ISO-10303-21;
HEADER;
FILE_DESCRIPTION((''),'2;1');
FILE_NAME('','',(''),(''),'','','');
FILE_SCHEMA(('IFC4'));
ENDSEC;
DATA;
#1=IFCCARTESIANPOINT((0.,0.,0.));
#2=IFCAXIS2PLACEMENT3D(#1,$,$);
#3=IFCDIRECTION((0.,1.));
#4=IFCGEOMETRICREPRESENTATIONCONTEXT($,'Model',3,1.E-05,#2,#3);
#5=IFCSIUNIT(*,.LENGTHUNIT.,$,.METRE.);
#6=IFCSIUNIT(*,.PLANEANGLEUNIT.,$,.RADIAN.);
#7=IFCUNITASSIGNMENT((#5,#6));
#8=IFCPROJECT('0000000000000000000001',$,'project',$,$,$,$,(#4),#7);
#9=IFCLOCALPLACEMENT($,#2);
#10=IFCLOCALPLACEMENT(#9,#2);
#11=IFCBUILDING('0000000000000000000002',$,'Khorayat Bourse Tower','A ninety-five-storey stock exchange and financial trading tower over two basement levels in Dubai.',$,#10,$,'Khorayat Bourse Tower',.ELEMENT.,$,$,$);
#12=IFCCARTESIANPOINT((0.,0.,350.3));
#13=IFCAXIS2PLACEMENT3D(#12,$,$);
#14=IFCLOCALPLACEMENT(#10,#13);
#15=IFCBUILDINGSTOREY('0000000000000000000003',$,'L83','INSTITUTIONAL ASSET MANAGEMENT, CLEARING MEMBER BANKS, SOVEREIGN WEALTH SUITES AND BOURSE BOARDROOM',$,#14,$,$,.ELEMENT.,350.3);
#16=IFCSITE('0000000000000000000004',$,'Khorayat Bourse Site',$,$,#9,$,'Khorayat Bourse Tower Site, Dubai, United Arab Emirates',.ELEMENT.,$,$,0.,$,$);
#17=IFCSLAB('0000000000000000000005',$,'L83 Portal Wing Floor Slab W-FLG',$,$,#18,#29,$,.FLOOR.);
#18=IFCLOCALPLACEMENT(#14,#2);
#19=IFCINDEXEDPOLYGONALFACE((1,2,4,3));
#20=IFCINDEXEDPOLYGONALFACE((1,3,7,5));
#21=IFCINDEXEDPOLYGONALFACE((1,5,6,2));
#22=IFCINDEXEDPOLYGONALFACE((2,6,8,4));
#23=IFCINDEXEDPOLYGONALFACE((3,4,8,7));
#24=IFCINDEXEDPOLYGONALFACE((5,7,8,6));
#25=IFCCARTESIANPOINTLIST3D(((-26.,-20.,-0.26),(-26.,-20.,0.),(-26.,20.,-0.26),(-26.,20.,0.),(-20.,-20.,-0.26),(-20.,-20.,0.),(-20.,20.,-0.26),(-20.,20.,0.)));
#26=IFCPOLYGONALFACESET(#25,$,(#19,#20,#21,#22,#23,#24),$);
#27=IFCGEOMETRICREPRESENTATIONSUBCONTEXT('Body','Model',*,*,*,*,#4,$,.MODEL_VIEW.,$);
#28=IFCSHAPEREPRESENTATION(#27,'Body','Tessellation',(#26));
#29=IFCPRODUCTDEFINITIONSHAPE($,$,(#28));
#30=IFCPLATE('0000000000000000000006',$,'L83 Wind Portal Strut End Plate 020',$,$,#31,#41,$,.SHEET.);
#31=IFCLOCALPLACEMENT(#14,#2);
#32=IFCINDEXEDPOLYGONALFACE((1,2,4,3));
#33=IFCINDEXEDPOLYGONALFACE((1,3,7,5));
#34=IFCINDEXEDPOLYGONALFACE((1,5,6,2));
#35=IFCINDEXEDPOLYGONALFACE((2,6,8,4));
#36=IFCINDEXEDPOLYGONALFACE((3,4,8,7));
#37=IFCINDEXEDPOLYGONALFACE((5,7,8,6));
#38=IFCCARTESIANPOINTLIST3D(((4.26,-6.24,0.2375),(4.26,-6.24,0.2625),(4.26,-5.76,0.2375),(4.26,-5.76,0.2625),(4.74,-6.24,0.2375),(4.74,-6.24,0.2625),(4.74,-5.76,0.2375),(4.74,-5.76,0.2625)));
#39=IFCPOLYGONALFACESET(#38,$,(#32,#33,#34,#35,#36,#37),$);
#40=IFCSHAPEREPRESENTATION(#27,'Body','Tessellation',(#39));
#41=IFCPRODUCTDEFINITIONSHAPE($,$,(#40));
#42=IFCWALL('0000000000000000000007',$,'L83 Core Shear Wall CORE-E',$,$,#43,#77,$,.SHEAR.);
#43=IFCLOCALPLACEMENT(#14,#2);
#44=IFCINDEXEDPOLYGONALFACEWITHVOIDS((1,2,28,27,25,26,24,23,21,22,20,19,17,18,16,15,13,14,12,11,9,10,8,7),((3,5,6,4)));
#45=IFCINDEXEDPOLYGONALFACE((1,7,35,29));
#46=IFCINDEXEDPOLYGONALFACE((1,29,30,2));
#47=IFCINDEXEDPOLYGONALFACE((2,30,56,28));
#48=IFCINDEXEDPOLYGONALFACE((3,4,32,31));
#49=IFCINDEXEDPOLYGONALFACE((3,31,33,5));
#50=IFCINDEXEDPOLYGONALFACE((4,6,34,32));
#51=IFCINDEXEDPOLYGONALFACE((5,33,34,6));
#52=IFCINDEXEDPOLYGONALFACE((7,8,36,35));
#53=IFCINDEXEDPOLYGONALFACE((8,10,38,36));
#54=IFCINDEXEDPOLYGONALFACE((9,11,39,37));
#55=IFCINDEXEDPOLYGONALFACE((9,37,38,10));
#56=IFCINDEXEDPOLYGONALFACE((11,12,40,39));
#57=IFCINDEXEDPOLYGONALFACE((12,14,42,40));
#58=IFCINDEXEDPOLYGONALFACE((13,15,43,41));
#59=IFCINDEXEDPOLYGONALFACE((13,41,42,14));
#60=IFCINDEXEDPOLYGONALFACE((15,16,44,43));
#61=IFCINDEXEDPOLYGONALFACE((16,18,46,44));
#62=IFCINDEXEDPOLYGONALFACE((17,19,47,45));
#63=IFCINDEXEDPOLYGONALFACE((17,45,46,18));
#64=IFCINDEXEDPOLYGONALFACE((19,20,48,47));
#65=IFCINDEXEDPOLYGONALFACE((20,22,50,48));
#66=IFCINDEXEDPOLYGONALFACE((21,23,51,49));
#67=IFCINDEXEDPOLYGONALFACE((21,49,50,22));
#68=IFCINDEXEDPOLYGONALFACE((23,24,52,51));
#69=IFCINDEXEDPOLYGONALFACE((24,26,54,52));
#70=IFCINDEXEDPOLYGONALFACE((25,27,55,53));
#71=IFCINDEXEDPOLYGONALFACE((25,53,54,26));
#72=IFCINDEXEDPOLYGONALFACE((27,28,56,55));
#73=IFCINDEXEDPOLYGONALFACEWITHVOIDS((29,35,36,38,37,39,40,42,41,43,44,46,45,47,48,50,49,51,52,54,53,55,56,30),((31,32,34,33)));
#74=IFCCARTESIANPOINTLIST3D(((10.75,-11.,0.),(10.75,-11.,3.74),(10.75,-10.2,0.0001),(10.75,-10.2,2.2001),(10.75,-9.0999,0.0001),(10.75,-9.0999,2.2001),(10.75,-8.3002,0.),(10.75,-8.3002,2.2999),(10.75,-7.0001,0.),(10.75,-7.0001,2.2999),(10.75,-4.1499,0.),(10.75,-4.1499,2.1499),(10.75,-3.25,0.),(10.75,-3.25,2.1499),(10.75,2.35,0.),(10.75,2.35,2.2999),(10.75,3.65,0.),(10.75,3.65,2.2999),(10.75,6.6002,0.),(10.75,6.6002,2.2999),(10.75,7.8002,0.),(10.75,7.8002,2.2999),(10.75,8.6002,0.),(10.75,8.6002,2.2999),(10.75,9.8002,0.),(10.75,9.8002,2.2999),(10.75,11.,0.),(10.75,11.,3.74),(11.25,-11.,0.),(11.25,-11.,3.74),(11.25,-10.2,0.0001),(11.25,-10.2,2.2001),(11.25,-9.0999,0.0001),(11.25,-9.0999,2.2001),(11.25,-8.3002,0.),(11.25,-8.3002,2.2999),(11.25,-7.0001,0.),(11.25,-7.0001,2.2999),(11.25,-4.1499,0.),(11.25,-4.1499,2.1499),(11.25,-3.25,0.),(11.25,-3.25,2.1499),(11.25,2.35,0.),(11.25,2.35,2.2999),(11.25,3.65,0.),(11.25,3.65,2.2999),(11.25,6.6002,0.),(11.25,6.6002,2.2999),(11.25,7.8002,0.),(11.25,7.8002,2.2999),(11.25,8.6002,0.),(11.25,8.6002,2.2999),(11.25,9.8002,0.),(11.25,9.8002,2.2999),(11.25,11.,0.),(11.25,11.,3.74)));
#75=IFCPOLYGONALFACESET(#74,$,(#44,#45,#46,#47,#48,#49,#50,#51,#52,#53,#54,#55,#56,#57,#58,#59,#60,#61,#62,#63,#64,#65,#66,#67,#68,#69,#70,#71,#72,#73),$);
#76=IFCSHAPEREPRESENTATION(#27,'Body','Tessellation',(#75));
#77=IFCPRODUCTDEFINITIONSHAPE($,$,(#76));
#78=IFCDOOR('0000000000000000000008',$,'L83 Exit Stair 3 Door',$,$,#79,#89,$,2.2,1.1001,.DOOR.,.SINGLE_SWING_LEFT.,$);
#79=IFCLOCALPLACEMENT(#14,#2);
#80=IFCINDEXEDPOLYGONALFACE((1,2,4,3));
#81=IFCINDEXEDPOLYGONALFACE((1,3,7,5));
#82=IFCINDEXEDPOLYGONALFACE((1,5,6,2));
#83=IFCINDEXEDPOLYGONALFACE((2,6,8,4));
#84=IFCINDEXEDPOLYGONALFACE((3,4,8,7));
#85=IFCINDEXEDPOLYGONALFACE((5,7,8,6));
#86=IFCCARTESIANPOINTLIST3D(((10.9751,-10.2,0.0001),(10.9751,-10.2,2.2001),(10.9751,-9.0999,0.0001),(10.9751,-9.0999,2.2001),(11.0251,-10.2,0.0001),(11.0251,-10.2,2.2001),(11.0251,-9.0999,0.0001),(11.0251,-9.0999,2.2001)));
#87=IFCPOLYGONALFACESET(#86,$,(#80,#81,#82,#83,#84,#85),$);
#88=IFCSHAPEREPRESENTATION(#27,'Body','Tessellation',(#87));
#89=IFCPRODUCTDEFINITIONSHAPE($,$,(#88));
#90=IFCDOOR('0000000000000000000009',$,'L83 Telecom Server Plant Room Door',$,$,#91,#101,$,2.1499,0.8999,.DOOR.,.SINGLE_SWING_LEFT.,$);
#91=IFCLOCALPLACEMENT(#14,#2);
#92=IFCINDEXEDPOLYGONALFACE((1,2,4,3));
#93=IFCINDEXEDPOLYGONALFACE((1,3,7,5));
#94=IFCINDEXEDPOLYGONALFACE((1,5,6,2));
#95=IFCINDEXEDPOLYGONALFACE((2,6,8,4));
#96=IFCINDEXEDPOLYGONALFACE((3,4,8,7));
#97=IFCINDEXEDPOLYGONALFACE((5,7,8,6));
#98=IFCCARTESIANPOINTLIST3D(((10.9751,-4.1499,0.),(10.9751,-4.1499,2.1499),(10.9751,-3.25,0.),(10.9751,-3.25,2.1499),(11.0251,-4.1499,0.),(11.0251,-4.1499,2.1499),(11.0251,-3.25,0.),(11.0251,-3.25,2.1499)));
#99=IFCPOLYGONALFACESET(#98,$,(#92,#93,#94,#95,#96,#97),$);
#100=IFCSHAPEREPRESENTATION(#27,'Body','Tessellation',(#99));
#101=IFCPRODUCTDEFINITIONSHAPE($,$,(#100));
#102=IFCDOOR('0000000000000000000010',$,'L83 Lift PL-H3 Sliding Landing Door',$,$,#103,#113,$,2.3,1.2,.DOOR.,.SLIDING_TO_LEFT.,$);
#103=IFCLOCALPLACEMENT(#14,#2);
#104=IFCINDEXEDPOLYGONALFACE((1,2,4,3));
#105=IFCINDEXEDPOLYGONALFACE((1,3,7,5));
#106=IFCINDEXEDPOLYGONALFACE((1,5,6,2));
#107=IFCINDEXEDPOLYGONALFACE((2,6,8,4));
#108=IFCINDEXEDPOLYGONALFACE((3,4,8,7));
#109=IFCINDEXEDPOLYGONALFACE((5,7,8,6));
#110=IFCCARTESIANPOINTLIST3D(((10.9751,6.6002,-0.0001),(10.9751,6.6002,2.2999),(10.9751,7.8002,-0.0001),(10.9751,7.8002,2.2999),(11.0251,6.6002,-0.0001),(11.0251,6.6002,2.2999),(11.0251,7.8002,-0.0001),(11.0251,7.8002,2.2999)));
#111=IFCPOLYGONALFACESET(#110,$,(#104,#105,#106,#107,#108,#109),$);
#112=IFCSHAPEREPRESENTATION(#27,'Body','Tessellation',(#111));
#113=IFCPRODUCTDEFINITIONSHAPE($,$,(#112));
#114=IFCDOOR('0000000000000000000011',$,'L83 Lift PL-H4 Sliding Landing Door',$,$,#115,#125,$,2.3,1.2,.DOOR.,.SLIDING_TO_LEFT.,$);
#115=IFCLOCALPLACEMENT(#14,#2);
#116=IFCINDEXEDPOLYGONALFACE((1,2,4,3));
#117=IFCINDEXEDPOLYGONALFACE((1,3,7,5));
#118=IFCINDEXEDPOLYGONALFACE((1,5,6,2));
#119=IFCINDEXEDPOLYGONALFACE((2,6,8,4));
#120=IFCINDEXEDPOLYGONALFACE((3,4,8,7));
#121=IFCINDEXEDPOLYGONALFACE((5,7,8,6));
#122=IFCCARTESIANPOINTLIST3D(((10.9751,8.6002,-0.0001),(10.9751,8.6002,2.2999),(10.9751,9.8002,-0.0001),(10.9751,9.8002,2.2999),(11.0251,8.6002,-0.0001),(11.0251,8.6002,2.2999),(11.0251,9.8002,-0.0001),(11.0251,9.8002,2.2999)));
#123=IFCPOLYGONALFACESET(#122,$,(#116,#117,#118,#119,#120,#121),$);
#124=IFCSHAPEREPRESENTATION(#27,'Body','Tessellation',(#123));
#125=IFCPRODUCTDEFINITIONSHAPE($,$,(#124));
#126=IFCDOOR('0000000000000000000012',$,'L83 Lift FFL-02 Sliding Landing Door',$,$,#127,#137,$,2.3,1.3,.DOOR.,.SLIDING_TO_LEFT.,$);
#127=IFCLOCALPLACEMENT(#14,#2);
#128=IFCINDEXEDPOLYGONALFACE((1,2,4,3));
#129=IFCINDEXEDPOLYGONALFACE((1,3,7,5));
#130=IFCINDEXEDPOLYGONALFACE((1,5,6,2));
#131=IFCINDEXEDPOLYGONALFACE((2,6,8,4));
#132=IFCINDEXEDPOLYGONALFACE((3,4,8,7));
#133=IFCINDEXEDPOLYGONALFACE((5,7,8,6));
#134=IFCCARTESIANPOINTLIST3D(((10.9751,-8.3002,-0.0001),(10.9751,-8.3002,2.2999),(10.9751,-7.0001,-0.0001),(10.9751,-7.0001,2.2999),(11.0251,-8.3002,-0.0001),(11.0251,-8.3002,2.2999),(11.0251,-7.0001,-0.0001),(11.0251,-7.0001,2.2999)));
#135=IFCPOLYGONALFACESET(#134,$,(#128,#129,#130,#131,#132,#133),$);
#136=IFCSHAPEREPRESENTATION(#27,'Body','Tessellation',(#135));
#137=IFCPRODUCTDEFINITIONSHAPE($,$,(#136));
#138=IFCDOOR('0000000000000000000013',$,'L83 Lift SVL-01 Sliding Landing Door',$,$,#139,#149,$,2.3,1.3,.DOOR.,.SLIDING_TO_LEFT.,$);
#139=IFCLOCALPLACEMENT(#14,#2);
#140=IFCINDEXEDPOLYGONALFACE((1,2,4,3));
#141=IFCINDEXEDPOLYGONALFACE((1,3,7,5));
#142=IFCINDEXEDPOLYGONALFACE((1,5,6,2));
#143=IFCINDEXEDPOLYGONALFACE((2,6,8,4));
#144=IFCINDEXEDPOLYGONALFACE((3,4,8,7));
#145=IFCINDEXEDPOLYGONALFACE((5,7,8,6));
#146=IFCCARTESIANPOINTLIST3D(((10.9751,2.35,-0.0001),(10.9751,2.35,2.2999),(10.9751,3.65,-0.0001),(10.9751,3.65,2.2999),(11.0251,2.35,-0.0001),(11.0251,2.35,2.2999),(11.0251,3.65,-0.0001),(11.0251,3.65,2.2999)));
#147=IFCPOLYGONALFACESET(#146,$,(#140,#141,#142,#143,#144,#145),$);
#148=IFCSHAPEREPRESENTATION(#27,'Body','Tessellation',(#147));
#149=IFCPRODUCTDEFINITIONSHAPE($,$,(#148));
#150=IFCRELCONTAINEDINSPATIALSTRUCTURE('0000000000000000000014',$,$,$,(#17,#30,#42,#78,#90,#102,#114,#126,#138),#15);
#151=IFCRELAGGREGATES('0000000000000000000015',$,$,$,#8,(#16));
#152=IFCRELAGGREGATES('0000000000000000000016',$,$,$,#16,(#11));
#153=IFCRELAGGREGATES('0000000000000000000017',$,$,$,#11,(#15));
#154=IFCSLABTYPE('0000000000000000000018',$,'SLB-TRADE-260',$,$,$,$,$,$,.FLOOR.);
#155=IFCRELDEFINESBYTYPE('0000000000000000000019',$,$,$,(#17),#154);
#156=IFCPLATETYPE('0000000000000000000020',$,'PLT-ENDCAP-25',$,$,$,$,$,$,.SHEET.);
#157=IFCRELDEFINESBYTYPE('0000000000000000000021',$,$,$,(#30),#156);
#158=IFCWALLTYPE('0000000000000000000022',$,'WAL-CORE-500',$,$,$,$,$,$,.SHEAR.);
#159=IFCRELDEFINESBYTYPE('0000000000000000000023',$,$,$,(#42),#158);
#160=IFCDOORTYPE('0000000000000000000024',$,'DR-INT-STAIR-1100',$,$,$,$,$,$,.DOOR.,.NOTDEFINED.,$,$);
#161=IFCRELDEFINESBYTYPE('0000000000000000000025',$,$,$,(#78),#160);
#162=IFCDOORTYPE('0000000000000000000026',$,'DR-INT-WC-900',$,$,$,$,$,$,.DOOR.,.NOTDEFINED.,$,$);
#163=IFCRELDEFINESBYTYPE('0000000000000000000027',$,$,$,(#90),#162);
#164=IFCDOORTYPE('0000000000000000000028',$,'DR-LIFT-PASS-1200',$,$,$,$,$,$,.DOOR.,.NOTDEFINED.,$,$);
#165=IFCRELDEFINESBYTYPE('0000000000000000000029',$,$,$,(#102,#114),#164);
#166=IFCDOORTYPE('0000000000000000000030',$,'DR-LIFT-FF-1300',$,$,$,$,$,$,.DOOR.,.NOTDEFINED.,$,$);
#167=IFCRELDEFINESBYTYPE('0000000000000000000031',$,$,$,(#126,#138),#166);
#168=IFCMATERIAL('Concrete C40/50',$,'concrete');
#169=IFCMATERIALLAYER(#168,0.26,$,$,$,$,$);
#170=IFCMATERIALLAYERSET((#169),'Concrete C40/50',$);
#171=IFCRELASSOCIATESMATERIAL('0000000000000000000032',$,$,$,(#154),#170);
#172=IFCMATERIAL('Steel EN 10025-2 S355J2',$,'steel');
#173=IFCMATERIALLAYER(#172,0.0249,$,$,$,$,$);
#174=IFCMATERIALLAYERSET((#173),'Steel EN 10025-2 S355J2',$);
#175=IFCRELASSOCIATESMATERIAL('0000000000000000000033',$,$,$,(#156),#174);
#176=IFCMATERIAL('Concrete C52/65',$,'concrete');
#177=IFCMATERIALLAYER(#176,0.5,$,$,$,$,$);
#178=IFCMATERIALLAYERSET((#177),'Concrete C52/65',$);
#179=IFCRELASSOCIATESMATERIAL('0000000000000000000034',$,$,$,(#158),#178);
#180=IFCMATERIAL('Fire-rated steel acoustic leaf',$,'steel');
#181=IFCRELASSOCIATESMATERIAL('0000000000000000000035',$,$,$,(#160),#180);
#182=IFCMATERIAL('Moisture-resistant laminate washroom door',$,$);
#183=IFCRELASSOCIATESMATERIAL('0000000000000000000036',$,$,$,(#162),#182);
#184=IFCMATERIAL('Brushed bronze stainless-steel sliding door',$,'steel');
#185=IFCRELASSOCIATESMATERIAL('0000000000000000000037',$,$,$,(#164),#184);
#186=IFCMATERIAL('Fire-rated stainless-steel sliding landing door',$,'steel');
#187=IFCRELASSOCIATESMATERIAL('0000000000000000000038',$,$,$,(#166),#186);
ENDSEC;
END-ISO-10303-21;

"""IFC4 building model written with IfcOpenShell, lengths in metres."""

from ifc_helpers import new_model, si_unit, direction, frame, frame_2d, origin, origin_2d, place, context, subcontext, project, spatial, polyline, rectangle, outline, extrude, source, transform, mapped, material, layer, layer_set, type_object, element, fill, save


model = new_model("IFC4")

# Units and contexts
model_context = context("Model", 3, precision=1e-05, world=origin(), true_north=direction((0.0, 1.0)))
body_context = subcontext(model_context, "Body", "Model", "MODEL_VIEW")
ifc_project = project(units=[si_unit("LENGTHUNIT", "METRE"), si_unit("PLANEANGLEUNIT", "RADIAN")], contexts=[model_context])

# Site, building, storey
site_placement = place(None, origin())
site = spatial("IfcSite", under=ifc_project, at=site_placement, Name="Khorayat Bourse Site", LongName="Khorayat Bourse Tower Site, Dubai, United Arab Emirates", CompositionType="ELEMENT", RefElevation=0.0)
building_placement = place(site_placement, origin())
building = spatial("IfcBuilding", under=site, at=building_placement, Name="Khorayat Bourse Tower", Description="A ninety-five-storey stock exchange and financial trading tower over two basement levels in Dubai.", LongName="Khorayat Bourse Tower", CompositionType="ELEMENT")
storey_placement = place(building_placement, frame((0.0, 0.0, 350.3)))
storey = spatial("IfcBuildingStorey", under=building, at=storey_placement, Name="L83", Description="INSTITUTIONAL ASSET MANAGEMENT, CLEARING MEMBER BANKS, SOVEREIGN WEALTH SUITES AND BOURSE BOARDROOM", CompositionType="ELEMENT", Elevation=350.3)

# Shared definitions
ifc_material_1 = material(Name="Concrete C52/65", Category="concrete")

# Shared definitions
ifc_material_2 = material(Name="Steel EN 10025-2 S355J2", Category="steel")

# Slab
ifc_material_3 = material(Name="Concrete C40/50", Category="concrete")
ifc_layer_1 = layer(ifc_material_3, 0.26)
ifc_layer_set_1 = layer_set([ifc_layer_1], Name="Concrete C40/50")
slab_type = type_object("IfcSlabType", Name="SLB-TRADE-260", PredefinedType="FLOOR", material=ifc_layer_set_1)
slab_1_placement = place(storey_placement, frame((0.0, 0.0, -0.26)))
element("IfcSlab", 1, at=slab_1_placement, inside=storey, type_object=slab_type, Name="L83 Portal Wing Floor Slab W-FLG", PredefinedType="FLOOR", context=body_context, shape_type="SweptSolid", body=[
    extrude(outline(polyline([(-26.0, -20.0), (-20.0, -20.0), (-20.0, 20.0), (-26.0, 20.0), (-26.0, -20.0)])), origin(), (0.0, 0.0, 1.0), 0.26),
])

# Plate
ifc_layer_2 = layer(ifc_material_2, 0.0249)
ifc_layer_set_2 = layer_set([ifc_layer_2], Name="Steel EN 10025-2 S355J2")
plate_type = type_object("IfcPlateType", Name="PLT-ENDCAP-25", PredefinedType="SHEET", material=ifc_layer_set_2)
shared_shape_1 = source(origin(), body_context, "Body", "SweptSolid", [
    extrude(rectangle(XDim=0.48, YDim=0.48, at=origin_2d()), origin(), (0.0, 0.0, 1.0), 0.0249),
])
plate_placement = place(storey_placement, frame((4.5, -6.0, 0.2375), z_axis=(0.0, 0.0, 1.0), x_axis=(1.0, 0.0, 0.0)))
element("IfcPlate", 2, at=plate_placement, inside=storey, type_object=plate_type, Name="L83 Wind Portal Strut End Plate 020", PredefinedType="SHEET", context=body_context, shape_type="MappedRepresentation", body=[
    mapped(shared_shape_1, transform((0.0, 0.0, 0.0), scale=1.0)),
])

# Wall, openings, doors
ifc_layer_3 = layer(ifc_material_1, 0.5)
ifc_layer_set_3 = layer_set([ifc_layer_3], Name="Concrete C52/65")
wall_type_1 = type_object("IfcWallType", Name="WAL-CORE-500", PredefinedType="SHEAR", material=ifc_layer_set_3)
shared_shape_2 = source(origin(), body_context, "Body", "SweptSolid", [
    extrude(rectangle(XDim=22.0, YDim=0.5, at=frame_2d((11.0, 0.0))), origin(), (0.0, 0.0, 1.0), 3.74),
])
wall_1_placement = place(storey_placement, frame((11.0, -11.0, 0.0), z_axis=(0.0, 0.0, 1.0), x_axis=(0.0, 1.0, 0.0)))
wall_1 = element("IfcWall", 3, at=wall_1_placement, inside=storey, type_object=wall_type_1, Name="L83 Core Shear Wall CORE-E", PredefinedType="SHEAR", context=body_context, shape_type="MappedRepresentation", body=[
    mapped(shared_shape_2, transform((0.0, 0.0, 0.0), scale=1.0)),
])
shared_shape_3 = source(origin(), body_context, "Body", "SweptSolid", [
    extrude(rectangle(XDim=1.1001, YDim=2.2, at=frame_2d((0.55, 1.1001))), frame((0.0, 0.26, 0.0), z_axis=(0.0, -1.0, 0.0), x_axis=(1.0, 0.0, 0.0)), (0.0, 0.0, 1.0), 0.52),
])
opening_1_placement = place(wall_1_placement, frame((0.8, 0.0, 0.0)))
opening_1 = element("IfcOpeningElement", 4, at=opening_1_placement, cuts=wall_1, PredefinedType="OPENING", context=body_context, shape_type="MappedRepresentation", body=[
    mapped(shared_shape_3, transform((0.0, 0.0, 0.0), scale=1.0)),
])
shared_shape_4 = source(origin(), body_context, "Body", "SweptSolid", [
    extrude(rectangle(XDim=0.8999, YDim=2.1499, at=frame_2d((0.45, 1.075))), frame((0.0, 0.26, 0.0), z_axis=(0.0, -1.0, 0.0), x_axis=(1.0, 0.0, 0.0)), (0.0, 0.0, 1.0), 0.52),
])
opening_2_placement = place(wall_1_placement, frame((6.8501, 0.0, 0.0)))
opening_2 = element("IfcOpeningElement", 5, at=opening_2_placement, cuts=wall_1, PredefinedType="OPENING", context=body_context, shape_type="MappedRepresentation", body=[
    mapped(shared_shape_4, transform((0.0, 0.0, 0.0), scale=1.0)),
])
shared_shape_5 = source(origin(), body_context, "Body", "SweptSolid", [
    extrude(rectangle(XDim=1.2, YDim=2.3, at=frame_2d((0.6001, 1.1499))), frame((0.0, 0.26, 0.0), z_axis=(0.0, -1.0, 0.0), x_axis=(1.0, 0.0, 0.0)), (0.0, 0.0, 1.0), 0.52),
])
opening_3_placement = place(wall_1_placement, frame((17.6001, 0.0, 0.0)))
opening_3 = element("IfcOpeningElement", 6, at=opening_3_placement, cuts=wall_1, PredefinedType="OPENING", context=body_context, shape_type="MappedRepresentation", body=[
    mapped(shared_shape_5, transform((0.0, 0.0, 0.0), scale=1.0)),
])
opening_4_placement = place(wall_1_placement, frame((19.6001, 0.0, 0.0)))
opening_4 = element("IfcOpeningElement", 7, at=opening_4_placement, cuts=wall_1, PredefinedType="OPENING", context=body_context, shape_type="MappedRepresentation", body=[
    mapped(shared_shape_5, transform((0.0, 0.0, 0.0), scale=1.0)),
])
shared_shape_6 = source(origin(), body_context, "Body", "SweptSolid", [
    extrude(rectangle(XDim=1.3, YDim=2.3, at=frame_2d((0.6499, 1.1499))), frame((0.0, 0.26, 0.0), z_axis=(0.0, -1.0, 0.0), x_axis=(1.0, 0.0, 0.0)), (0.0, 0.0, 1.0), 0.52),
])
opening_5_placement = place(wall_1_placement, frame((2.7, 0.0, 0.0)))
opening_5 = element("IfcOpeningElement", 8, at=opening_5_placement, cuts=wall_1, PredefinedType="OPENING", context=body_context, shape_type="MappedRepresentation", body=[
    mapped(shared_shape_6, transform((0.0, 0.0, 0.0), scale=1.0)),
])
opening_6_placement = place(wall_1_placement, frame((13.3501, 0.0, 0.0)))
opening_6 = element("IfcOpeningElement", 9, at=opening_6_placement, cuts=wall_1, PredefinedType="OPENING", context=body_context, shape_type="MappedRepresentation", body=[
    mapped(shared_shape_6, transform((0.0, 0.0, 0.0), scale=1.0)),
])
ifc_material_4 = material(Name="Fire-rated steel acoustic leaf", Category="steel")
door_type_1 = type_object("IfcDoorType", Name="DR-INT-STAIR-1100", OperationType="NOTDEFINED", PredefinedType="DOOR", material=ifc_material_4)
shared_shape_7 = source(origin(), body_context, "Body", "SweptSolid", [
    extrude(rectangle(XDim=1.1001, YDim=2.2, at=frame_2d((0.55, 1.1001))), frame((0.0, 0.0249, 0.0), z_axis=(0.0, -1.0, 0.0), x_axis=(1.0, 0.0, 0.0)), (0.0, 0.0, 1.0), 0.05),
])
door_1_placement = place(opening_1_placement, origin())
door_1 = element("IfcDoor", 10, at=door_1_placement, inside=storey, type_object=door_type_1, Name="L83 Exit Stair 3 Door", OperationType="SINGLE_SWING_LEFT", OverallHeight=2.2, OverallWidth=1.1001, PredefinedType="DOOR", context=body_context, shape_type="MappedRepresentation", body=[
    mapped(shared_shape_7, transform((0.0, 0.0, 0.0), scale=1.0)),
])
fill(opening_1, door_1)
ifc_material_5 = material(Name="Moisture-resistant laminate washroom door")
door_type_2 = type_object("IfcDoorType", Name="DR-INT-WC-900", OperationType="NOTDEFINED", PredefinedType="DOOR", material=ifc_material_5)
shared_shape_8 = source(origin(), body_context, "Body", "SweptSolid", [
    extrude(rectangle(XDim=0.8999, YDim=2.1499, at=frame_2d((0.45, 1.075))), frame((0.0, 0.0249, 0.0), z_axis=(0.0, -1.0, 0.0), x_axis=(1.0, 0.0, 0.0)), (0.0, 0.0, 1.0), 0.05),
])
door_2_placement = place(opening_2_placement, origin())
door_2 = element("IfcDoor", 11, at=door_2_placement, inside=storey, type_object=door_type_2, Name="L83 Telecom Server Plant Room Door", OperationType="SINGLE_SWING_LEFT", OverallHeight=2.1499, OverallWidth=0.8999, PredefinedType="DOOR", context=body_context, shape_type="MappedRepresentation", body=[
    mapped(shared_shape_8, transform((0.0, 0.0, 0.0), scale=1.0)),
])
fill(opening_2, door_2)
ifc_material_6 = material(Name="Brushed bronze stainless-steel sliding door", Category="steel")
door_type_3 = type_object("IfcDoorType", Name="DR-LIFT-PASS-1200", OperationType="NOTDEFINED", PredefinedType="DOOR", material=ifc_material_6)
shared_shape_9 = source(origin(), body_context, "Body", "SweptSolid", [
    extrude(rectangle(XDim=1.2, YDim=2.3, at=frame_2d((0.6001, 1.1499))), frame((0.0, 0.0249, 0.0), z_axis=(0.0, -1.0, 0.0), x_axis=(1.0, 0.0, 0.0)), (0.0, 0.0, 1.0), 0.05),
])
door_3_placement = place(opening_3_placement, origin())
door_3 = element("IfcDoor", 12, at=door_3_placement, inside=storey, type_object=door_type_3, Name="L83 Lift PL-H3 Sliding Landing Door", OperationType="SLIDING_TO_LEFT", OverallHeight=2.3, OverallWidth=1.2, PredefinedType="DOOR", context=body_context, shape_type="MappedRepresentation", body=[
    mapped(shared_shape_9, transform((0.0, 0.0, 0.0), scale=1.0)),
])
fill(opening_3, door_3)
door_4_placement = place(opening_4_placement, origin())
door_4 = element("IfcDoor", 13, at=door_4_placement, inside=storey, type_object=door_type_3, Name="L83 Lift PL-H4 Sliding Landing Door", OperationType="SLIDING_TO_LEFT", OverallHeight=2.3, OverallWidth=1.2, PredefinedType="DOOR", context=body_context, shape_type="MappedRepresentation", body=[
    mapped(shared_shape_9, transform((0.0, 0.0, 0.0), scale=1.0)),
])
fill(opening_4, door_4)
ifc_material_7 = material(Name="Fire-rated stainless-steel sliding landing door", Category="steel")
door_type_4 = type_object("IfcDoorType", Name="DR-LIFT-FF-1300", OperationType="NOTDEFINED", PredefinedType="DOOR", material=ifc_material_7)
shared_shape_10 = source(origin(), body_context, "Body", "SweptSolid", [
    extrude(rectangle(XDim=1.3, YDim=2.3, at=frame_2d((0.6499, 1.1499))), frame((0.0, 0.0249, 0.0), z_axis=(0.0, -1.0, 0.0), x_axis=(1.0, 0.0, 0.0)), (0.0, 0.0, 1.0), 0.05),
])
door_5_placement = place(opening_5_placement, origin())
door_5 = element("IfcDoor", 14, at=door_5_placement, inside=storey, type_object=door_type_4, Name="L83 Lift FFL-02 Sliding Landing Door", OperationType="SLIDING_TO_LEFT", OverallHeight=2.3, OverallWidth=1.3, PredefinedType="DOOR", context=body_context, shape_type="MappedRepresentation", body=[
    mapped(shared_shape_10, transform((0.0, 0.0, 0.0), scale=1.0)),
])
fill(opening_5, door_5)
door_6_placement = place(opening_6_placement, origin())
door_6 = element("IfcDoor", 15, at=door_6_placement, inside=storey, type_object=door_type_4, Name="L83 Lift SVL-01 Sliding Landing Door", OperationType="SLIDING_TO_LEFT", OverallHeight=2.3, OverallWidth=1.3, PredefinedType="DOOR", context=body_context, shape_type="MappedRepresentation", body=[
    mapped(shared_shape_10, transform((0.0, 0.0, 0.0), scale=1.0)),
])
fill(opening_6, door_6)

save(model, "model.ifc")
